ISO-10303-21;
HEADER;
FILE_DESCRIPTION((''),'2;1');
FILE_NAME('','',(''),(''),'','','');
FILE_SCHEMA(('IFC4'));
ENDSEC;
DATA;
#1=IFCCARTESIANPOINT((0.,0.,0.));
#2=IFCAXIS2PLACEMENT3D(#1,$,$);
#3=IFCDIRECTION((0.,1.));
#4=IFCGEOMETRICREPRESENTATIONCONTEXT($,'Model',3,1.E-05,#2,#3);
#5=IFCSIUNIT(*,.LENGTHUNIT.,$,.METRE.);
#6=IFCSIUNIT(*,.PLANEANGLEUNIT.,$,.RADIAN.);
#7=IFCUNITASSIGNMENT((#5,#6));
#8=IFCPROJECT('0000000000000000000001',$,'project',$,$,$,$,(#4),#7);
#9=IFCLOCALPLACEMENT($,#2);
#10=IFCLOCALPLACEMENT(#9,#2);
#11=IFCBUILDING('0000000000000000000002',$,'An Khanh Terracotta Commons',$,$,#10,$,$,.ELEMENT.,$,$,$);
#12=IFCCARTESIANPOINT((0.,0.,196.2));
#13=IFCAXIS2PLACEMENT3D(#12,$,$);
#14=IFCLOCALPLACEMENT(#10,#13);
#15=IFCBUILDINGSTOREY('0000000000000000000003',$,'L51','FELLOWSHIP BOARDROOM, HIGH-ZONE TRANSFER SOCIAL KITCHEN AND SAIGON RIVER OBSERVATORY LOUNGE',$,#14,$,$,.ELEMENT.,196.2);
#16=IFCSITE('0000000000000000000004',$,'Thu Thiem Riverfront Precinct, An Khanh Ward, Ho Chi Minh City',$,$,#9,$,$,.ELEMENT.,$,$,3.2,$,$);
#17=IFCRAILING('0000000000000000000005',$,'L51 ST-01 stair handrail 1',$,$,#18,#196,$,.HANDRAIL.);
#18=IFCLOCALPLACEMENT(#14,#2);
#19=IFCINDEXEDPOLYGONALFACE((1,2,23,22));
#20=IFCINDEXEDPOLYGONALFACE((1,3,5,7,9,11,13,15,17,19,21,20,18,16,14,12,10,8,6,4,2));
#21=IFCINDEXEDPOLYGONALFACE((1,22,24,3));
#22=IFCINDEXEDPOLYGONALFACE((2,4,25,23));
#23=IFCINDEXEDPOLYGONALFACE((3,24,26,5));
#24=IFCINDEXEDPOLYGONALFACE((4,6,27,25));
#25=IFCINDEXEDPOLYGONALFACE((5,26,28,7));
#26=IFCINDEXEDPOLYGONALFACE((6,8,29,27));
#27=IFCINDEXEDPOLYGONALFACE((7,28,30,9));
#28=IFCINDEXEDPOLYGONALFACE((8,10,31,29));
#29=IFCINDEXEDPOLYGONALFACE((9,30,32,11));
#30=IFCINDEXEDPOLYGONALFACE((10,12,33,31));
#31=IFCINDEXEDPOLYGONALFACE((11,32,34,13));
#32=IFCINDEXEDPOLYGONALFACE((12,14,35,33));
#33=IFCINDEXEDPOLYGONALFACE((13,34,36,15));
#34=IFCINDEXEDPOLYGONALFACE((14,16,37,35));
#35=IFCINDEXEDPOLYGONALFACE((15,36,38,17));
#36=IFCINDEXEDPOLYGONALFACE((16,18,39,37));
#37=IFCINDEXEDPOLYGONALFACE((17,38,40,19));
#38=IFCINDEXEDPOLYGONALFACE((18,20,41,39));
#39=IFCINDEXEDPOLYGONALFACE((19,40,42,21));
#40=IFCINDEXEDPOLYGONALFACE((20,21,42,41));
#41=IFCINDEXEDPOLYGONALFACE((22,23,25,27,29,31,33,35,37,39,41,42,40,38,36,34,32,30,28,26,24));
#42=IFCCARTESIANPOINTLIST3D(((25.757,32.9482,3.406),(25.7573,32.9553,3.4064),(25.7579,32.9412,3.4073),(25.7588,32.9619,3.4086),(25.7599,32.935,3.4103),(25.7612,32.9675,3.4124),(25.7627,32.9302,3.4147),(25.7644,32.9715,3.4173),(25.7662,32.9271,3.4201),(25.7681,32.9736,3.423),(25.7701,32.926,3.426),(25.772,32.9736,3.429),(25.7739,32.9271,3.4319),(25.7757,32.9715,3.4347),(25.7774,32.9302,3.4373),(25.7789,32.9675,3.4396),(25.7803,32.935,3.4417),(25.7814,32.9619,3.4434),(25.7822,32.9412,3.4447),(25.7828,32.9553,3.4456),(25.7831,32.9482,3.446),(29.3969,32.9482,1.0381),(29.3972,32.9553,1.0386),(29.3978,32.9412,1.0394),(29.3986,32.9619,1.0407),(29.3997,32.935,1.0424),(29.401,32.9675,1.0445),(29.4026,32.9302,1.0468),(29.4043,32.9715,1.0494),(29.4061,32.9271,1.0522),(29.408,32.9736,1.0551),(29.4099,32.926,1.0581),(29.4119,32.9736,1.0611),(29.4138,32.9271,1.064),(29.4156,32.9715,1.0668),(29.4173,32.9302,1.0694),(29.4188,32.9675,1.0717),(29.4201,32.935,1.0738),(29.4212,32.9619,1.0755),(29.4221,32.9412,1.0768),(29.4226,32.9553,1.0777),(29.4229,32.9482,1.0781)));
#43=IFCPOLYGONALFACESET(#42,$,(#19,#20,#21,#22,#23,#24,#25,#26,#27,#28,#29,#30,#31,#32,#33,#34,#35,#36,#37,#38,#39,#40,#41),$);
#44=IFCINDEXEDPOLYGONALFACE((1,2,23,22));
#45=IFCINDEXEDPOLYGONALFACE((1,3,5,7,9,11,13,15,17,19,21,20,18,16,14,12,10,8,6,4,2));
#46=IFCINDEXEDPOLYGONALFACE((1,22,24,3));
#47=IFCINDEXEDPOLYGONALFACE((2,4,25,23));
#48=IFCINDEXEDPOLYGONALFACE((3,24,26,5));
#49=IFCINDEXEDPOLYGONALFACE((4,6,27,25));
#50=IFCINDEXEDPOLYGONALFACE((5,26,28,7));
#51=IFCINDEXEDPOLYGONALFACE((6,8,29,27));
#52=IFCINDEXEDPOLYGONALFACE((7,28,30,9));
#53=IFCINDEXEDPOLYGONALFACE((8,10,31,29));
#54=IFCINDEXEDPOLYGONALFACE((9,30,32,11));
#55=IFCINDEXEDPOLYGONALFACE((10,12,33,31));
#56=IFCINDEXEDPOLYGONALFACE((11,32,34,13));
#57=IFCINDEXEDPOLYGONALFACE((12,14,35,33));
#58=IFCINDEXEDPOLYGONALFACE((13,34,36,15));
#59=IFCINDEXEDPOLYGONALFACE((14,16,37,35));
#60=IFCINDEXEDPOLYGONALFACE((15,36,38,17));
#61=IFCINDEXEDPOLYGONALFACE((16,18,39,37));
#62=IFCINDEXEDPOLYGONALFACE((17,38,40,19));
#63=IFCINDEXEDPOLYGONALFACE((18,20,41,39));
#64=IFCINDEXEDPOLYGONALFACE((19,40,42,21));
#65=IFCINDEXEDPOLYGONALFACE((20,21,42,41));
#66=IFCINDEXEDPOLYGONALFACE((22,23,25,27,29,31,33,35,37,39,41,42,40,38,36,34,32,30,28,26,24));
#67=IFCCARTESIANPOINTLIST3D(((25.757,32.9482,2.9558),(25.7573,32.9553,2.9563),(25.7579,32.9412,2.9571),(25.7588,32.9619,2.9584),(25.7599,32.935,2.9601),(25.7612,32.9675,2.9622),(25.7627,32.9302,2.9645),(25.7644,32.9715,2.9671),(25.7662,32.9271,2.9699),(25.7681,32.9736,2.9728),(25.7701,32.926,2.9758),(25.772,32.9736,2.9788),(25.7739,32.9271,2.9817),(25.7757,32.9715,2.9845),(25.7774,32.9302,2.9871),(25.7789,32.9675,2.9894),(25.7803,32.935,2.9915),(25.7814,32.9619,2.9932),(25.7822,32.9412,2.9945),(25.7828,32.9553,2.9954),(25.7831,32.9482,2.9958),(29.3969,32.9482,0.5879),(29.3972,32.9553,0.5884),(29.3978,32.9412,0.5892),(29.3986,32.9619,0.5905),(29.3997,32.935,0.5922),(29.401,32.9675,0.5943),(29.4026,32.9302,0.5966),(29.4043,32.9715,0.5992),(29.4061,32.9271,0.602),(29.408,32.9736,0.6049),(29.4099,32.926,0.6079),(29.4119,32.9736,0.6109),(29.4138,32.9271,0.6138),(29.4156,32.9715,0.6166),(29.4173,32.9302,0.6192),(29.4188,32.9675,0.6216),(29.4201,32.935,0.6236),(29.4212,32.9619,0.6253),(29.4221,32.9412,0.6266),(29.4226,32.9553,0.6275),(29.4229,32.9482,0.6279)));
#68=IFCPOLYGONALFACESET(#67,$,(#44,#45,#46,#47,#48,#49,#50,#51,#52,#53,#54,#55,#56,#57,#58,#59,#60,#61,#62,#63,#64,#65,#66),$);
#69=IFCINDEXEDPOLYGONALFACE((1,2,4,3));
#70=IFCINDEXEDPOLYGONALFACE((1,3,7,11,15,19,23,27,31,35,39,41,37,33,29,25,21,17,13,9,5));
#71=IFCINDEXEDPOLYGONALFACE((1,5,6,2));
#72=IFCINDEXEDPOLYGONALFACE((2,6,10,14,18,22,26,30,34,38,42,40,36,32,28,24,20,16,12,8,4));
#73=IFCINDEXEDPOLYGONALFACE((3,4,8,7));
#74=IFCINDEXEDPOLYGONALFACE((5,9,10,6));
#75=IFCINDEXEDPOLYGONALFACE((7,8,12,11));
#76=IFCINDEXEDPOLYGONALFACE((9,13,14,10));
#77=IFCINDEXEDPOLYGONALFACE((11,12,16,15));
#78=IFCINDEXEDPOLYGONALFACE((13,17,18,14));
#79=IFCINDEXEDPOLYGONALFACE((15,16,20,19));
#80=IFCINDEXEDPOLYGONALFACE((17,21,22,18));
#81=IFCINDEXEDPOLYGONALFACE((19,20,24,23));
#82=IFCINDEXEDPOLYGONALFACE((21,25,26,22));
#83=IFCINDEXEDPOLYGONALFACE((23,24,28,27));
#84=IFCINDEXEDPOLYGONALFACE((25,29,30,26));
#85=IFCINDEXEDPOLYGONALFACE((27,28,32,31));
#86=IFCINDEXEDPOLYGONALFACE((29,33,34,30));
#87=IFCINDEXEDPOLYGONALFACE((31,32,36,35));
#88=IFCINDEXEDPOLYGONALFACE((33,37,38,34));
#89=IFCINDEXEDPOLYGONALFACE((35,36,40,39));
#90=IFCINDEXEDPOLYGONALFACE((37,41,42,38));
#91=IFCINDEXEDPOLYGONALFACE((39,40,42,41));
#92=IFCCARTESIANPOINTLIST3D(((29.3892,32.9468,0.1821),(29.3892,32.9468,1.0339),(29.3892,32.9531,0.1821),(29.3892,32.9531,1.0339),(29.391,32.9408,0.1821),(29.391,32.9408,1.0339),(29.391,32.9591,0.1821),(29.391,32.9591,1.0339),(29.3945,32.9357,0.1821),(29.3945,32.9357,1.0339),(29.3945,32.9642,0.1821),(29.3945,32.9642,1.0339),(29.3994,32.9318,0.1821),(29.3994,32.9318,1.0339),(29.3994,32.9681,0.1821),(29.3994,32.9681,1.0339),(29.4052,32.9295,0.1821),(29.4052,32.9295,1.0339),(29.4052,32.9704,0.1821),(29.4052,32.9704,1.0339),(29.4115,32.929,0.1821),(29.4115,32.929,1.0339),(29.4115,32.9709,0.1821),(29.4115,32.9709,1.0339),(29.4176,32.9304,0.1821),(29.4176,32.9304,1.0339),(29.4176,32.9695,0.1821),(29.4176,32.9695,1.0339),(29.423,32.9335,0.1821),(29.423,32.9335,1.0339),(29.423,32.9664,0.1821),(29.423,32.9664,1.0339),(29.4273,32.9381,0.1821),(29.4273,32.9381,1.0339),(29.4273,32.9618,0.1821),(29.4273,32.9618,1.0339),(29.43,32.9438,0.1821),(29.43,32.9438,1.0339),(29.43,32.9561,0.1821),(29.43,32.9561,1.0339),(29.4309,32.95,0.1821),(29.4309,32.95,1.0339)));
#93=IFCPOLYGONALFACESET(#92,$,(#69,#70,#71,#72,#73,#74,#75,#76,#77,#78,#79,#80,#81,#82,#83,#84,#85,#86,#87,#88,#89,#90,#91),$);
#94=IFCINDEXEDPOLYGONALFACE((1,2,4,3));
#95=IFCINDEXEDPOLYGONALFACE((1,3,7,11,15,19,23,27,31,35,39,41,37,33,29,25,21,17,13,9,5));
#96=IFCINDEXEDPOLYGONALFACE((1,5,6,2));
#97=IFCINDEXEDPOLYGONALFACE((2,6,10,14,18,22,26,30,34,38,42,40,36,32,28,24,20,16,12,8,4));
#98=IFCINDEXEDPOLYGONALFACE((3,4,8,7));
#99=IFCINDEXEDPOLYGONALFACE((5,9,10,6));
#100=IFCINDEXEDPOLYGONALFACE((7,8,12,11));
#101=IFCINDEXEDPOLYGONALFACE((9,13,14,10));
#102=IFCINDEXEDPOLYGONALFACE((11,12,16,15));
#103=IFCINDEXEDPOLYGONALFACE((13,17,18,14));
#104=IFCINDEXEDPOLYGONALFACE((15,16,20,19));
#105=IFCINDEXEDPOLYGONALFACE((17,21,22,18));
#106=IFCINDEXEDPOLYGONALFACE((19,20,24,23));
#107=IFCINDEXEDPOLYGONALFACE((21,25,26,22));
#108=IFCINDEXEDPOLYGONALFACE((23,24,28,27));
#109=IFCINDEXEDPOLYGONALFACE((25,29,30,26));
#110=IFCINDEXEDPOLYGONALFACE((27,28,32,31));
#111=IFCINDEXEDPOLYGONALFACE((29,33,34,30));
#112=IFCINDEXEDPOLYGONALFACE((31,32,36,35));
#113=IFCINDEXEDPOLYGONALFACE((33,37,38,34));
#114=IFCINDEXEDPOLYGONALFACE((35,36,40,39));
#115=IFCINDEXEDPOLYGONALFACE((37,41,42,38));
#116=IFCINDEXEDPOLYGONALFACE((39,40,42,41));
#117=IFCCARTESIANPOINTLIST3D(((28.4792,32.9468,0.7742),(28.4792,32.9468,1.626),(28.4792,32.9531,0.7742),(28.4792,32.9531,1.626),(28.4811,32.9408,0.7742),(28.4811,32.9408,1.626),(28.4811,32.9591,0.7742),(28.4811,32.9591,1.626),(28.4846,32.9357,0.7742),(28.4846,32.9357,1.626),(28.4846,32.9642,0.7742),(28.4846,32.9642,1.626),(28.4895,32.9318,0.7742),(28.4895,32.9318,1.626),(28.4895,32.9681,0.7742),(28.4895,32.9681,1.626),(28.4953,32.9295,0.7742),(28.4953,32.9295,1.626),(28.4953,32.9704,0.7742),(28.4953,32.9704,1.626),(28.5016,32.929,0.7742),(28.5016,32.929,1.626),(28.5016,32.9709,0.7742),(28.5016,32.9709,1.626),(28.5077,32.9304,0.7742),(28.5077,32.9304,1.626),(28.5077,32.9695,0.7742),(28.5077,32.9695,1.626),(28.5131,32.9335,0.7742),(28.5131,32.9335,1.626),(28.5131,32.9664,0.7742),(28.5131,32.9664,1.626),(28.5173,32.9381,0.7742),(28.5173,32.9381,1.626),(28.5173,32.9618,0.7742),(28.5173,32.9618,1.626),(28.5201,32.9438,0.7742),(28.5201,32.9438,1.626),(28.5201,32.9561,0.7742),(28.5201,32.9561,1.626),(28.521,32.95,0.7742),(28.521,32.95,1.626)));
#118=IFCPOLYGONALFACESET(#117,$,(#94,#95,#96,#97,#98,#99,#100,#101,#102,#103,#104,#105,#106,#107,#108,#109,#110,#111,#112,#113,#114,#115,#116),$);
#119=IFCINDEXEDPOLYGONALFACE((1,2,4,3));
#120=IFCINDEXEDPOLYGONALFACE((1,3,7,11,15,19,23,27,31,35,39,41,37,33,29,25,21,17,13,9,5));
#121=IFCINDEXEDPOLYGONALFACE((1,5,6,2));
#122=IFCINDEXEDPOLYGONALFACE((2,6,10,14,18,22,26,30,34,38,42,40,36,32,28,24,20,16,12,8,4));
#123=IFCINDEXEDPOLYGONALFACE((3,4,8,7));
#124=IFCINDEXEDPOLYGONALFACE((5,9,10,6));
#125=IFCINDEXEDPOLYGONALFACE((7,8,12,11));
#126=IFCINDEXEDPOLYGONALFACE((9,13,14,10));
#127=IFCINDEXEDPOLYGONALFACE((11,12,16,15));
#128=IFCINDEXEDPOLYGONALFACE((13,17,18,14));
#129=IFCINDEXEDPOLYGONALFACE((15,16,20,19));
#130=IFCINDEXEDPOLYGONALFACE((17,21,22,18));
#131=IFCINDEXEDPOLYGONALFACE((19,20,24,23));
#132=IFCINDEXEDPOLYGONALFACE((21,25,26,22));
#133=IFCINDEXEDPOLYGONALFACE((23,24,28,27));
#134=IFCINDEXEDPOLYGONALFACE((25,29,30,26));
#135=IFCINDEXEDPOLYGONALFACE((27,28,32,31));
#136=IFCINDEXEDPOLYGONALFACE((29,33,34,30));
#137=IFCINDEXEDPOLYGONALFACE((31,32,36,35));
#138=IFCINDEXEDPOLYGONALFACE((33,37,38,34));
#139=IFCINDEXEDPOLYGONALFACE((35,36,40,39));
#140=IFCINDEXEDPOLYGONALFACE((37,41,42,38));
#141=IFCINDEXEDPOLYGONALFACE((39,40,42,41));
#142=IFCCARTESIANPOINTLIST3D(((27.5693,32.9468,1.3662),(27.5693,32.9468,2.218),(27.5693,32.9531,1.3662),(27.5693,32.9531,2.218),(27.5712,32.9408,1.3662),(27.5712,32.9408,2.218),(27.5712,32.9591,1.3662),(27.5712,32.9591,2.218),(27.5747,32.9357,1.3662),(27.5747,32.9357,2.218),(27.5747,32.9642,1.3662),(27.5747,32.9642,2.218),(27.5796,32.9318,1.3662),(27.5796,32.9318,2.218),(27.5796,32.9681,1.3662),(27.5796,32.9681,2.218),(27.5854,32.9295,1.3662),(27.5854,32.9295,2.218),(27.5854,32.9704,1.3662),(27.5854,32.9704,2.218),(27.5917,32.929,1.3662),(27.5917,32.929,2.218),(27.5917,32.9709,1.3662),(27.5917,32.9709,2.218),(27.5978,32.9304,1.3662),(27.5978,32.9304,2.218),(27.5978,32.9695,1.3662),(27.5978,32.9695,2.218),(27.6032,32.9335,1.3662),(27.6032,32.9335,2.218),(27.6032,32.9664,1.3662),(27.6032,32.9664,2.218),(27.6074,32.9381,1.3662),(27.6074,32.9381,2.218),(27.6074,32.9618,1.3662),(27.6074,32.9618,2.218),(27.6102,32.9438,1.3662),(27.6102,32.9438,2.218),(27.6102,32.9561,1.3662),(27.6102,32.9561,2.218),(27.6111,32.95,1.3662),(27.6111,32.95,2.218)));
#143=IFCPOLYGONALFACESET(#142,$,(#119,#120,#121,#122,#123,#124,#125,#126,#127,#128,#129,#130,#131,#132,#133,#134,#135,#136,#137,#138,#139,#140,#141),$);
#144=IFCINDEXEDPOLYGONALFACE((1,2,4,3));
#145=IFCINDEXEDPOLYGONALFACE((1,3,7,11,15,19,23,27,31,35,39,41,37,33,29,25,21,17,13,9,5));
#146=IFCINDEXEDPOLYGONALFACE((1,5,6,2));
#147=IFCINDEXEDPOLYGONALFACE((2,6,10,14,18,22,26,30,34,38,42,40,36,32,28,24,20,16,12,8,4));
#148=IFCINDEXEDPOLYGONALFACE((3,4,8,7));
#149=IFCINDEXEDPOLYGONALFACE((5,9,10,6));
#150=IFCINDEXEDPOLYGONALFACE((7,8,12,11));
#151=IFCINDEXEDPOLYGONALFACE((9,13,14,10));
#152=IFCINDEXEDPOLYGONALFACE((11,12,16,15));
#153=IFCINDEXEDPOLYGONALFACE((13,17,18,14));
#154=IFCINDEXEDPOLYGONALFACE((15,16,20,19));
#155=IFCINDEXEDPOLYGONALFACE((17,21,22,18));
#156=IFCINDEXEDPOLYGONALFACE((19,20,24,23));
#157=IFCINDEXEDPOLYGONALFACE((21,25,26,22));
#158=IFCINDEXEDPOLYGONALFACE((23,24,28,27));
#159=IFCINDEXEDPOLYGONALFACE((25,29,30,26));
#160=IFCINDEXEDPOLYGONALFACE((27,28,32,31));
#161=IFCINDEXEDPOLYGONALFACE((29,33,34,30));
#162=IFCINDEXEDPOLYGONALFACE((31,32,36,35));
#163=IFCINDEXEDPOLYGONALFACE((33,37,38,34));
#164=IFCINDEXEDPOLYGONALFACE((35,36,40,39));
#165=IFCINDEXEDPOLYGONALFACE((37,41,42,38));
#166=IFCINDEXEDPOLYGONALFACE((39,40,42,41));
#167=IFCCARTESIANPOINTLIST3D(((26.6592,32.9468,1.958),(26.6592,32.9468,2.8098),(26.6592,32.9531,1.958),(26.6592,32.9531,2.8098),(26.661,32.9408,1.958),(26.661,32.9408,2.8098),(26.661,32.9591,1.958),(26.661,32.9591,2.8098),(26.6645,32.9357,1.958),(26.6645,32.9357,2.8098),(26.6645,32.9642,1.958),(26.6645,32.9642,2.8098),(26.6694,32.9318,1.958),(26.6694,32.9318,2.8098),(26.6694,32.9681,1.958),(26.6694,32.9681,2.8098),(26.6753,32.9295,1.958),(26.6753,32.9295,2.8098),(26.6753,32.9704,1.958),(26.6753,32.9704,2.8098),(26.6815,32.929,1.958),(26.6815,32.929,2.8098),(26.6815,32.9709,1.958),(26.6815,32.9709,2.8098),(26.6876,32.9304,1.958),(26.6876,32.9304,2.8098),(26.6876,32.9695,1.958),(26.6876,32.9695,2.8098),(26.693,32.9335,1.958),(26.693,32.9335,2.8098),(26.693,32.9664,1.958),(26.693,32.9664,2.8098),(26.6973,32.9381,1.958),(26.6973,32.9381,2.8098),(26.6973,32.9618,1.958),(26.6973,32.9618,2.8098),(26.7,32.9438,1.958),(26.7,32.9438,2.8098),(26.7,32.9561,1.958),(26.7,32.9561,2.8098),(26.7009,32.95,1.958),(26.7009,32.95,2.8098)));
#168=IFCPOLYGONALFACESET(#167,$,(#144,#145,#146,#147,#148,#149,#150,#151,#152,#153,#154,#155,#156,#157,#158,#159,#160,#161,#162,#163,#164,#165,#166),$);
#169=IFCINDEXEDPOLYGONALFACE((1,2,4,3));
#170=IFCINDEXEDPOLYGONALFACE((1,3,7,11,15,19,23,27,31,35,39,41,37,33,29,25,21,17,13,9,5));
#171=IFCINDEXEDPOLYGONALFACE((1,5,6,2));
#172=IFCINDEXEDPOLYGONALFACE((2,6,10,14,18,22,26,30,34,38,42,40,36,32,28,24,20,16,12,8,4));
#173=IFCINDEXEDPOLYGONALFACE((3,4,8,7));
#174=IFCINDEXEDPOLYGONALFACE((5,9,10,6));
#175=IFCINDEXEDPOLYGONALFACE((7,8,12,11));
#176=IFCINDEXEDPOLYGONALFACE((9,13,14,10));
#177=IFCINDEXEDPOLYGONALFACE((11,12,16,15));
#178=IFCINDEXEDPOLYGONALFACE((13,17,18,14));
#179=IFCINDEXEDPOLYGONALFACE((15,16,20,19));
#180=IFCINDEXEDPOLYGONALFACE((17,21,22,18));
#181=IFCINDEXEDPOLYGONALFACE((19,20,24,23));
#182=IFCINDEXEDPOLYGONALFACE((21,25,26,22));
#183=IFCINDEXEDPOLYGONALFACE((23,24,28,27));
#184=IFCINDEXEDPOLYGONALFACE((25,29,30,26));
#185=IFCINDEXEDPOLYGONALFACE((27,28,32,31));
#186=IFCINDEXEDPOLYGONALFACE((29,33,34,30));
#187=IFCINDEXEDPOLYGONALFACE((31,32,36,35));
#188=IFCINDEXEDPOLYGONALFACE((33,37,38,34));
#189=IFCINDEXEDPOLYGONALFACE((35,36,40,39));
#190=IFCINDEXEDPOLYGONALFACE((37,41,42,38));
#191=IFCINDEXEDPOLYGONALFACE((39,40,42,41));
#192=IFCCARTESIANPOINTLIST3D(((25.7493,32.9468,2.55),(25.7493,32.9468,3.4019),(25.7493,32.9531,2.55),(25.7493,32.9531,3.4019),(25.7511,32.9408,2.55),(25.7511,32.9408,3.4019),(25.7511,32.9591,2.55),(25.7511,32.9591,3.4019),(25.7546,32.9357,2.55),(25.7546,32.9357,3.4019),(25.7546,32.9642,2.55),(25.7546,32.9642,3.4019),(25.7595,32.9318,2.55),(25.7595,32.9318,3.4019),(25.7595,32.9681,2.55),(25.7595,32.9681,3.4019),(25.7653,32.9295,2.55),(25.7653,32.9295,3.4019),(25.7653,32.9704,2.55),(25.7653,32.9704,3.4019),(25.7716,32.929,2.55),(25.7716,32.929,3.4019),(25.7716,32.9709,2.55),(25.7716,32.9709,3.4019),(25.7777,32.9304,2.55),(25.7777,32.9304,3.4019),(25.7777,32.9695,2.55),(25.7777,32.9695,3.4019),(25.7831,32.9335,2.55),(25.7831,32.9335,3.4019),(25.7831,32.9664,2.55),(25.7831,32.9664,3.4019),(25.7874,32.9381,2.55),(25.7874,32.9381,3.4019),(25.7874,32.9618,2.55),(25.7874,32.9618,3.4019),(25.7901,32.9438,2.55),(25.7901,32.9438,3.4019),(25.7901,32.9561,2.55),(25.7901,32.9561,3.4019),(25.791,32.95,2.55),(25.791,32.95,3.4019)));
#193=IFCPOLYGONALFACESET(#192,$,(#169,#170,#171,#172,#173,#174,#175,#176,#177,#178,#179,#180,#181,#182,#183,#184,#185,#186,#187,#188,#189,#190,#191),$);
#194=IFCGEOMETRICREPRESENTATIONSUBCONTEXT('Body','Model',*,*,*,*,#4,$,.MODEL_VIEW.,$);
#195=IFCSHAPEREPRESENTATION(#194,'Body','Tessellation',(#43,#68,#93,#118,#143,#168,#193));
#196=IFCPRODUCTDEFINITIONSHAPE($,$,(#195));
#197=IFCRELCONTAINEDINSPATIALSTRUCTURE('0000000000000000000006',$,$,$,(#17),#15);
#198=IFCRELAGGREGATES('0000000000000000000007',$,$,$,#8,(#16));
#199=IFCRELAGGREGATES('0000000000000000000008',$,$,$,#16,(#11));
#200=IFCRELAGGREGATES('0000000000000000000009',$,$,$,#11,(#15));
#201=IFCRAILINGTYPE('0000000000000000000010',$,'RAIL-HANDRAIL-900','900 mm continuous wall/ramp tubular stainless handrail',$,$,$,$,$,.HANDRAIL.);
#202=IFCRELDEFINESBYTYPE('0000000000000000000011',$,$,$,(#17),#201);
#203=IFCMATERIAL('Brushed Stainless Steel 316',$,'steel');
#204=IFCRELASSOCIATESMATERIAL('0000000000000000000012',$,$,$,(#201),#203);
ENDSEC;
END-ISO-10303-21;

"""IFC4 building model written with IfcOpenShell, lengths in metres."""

from ifc_helpers import new_model, si_unit, direction, frame, origin, origin_2d, place, context, subcontext, project, spatial, circle, extrude, material, type_object, element, save


model = new_model("IFC4")

# Units and contexts
model_context = context("Model", 3, precision=1e-05, world=origin(), true_north=direction((0.0, 1.0)))
body_context = subcontext(model_context, "Body", "Model", "MODEL_VIEW")
ifc_project = project(units=[si_unit("LENGTHUNIT", "METRE"), si_unit("PLANEANGLEUNIT", "RADIAN")], contexts=[model_context])

# Site, building, storey
site_placement = place(None, origin())
site = spatial("IfcSite", under=ifc_project, at=site_placement, Name="Thu Thiem Riverfront Precinct, An Khanh Ward, Ho Chi Minh City", CompositionType="ELEMENT", RefElevation=3.2)
building_placement = place(site_placement, origin())
building = spatial("IfcBuilding", under=site, at=building_placement, Name="An Khanh Terracotta Commons", CompositionType="ELEMENT")
storey_placement = place(building_placement, frame((0.0, 0.0, 196.2)))
storey = spatial("IfcBuildingStorey", under=building, at=storey_placement, Name="L51", Description="FELLOWSHIP BOARDROOM, HIGH-ZONE TRANSFER SOCIAL KITCHEN AND SAIGON RIVER OBSERVATORY LOUNGE", CompositionType="ELEMENT", Elevation=196.2)

# Railing
ifc_material_1 = material(Name="Brushed Stainless Steel 316", Category="steel")
railing_type_1 = type_object("IfcRailingType", Name="RAIL-HANDRAIL-900", Description="900 mm continuous wall/ramp tubular stainless handrail", PredefinedType="HANDRAIL", material=ifc_material_1)
railing_1_placement = place(storey_placement, frame((29.4099, 32.95, 0.1821)))
element("IfcRailing", 1, at=railing_1_placement, inside=storey, type_object=railing_type_1, Name="L51 ST-01 stair handrail 1", PredefinedType="HANDRAIL", context=body_context, shape_type="SweptSolid", body=[
    extrude(circle(Radius=0.0239, at=origin_2d()), frame((0.0, 0.0, 0.876), z_axis=(-0.838234, 0.0, 0.54531), x_axis=(0.0, -1.0, 0.0)), (0.0, 0.0, 1.0), 4.3423),
    extrude(circle(Radius=0.0239, at=origin_2d()), frame((0.0, 0.0, 0.4258), z_axis=(-0.838234, 0.0, 0.54531), x_axis=(0.0, -1.0, 0.0)), (0.0, 0.0, 1.0), 4.3423),
    extrude(circle(Radius=0.021, at=origin_2d()), origin(), (0.0, 0.0, 1.0), 0.8518),
    extrude(circle(Radius=0.021, at=origin_2d()), frame((-0.9099, 0.0, 0.592)), (0.0, 0.0, 1.0), 0.8518),
    extrude(circle(Radius=0.021, at=origin_2d()), frame((-1.8198, 0.0, 1.1841)), (0.0, 0.0, 1.0), 0.8518),
    extrude(circle(Radius=0.021, at=origin_2d()), frame((-2.73, 0.0, 1.7759)), (0.0, 0.0, 1.0), 0.8518),
    extrude(circle(Radius=0.021, at=origin_2d()), frame((-3.6399, 0.0, 2.3679)), (0.0, 0.0, 1.0), 0.8518),
])

save(model, "model.ifc")
